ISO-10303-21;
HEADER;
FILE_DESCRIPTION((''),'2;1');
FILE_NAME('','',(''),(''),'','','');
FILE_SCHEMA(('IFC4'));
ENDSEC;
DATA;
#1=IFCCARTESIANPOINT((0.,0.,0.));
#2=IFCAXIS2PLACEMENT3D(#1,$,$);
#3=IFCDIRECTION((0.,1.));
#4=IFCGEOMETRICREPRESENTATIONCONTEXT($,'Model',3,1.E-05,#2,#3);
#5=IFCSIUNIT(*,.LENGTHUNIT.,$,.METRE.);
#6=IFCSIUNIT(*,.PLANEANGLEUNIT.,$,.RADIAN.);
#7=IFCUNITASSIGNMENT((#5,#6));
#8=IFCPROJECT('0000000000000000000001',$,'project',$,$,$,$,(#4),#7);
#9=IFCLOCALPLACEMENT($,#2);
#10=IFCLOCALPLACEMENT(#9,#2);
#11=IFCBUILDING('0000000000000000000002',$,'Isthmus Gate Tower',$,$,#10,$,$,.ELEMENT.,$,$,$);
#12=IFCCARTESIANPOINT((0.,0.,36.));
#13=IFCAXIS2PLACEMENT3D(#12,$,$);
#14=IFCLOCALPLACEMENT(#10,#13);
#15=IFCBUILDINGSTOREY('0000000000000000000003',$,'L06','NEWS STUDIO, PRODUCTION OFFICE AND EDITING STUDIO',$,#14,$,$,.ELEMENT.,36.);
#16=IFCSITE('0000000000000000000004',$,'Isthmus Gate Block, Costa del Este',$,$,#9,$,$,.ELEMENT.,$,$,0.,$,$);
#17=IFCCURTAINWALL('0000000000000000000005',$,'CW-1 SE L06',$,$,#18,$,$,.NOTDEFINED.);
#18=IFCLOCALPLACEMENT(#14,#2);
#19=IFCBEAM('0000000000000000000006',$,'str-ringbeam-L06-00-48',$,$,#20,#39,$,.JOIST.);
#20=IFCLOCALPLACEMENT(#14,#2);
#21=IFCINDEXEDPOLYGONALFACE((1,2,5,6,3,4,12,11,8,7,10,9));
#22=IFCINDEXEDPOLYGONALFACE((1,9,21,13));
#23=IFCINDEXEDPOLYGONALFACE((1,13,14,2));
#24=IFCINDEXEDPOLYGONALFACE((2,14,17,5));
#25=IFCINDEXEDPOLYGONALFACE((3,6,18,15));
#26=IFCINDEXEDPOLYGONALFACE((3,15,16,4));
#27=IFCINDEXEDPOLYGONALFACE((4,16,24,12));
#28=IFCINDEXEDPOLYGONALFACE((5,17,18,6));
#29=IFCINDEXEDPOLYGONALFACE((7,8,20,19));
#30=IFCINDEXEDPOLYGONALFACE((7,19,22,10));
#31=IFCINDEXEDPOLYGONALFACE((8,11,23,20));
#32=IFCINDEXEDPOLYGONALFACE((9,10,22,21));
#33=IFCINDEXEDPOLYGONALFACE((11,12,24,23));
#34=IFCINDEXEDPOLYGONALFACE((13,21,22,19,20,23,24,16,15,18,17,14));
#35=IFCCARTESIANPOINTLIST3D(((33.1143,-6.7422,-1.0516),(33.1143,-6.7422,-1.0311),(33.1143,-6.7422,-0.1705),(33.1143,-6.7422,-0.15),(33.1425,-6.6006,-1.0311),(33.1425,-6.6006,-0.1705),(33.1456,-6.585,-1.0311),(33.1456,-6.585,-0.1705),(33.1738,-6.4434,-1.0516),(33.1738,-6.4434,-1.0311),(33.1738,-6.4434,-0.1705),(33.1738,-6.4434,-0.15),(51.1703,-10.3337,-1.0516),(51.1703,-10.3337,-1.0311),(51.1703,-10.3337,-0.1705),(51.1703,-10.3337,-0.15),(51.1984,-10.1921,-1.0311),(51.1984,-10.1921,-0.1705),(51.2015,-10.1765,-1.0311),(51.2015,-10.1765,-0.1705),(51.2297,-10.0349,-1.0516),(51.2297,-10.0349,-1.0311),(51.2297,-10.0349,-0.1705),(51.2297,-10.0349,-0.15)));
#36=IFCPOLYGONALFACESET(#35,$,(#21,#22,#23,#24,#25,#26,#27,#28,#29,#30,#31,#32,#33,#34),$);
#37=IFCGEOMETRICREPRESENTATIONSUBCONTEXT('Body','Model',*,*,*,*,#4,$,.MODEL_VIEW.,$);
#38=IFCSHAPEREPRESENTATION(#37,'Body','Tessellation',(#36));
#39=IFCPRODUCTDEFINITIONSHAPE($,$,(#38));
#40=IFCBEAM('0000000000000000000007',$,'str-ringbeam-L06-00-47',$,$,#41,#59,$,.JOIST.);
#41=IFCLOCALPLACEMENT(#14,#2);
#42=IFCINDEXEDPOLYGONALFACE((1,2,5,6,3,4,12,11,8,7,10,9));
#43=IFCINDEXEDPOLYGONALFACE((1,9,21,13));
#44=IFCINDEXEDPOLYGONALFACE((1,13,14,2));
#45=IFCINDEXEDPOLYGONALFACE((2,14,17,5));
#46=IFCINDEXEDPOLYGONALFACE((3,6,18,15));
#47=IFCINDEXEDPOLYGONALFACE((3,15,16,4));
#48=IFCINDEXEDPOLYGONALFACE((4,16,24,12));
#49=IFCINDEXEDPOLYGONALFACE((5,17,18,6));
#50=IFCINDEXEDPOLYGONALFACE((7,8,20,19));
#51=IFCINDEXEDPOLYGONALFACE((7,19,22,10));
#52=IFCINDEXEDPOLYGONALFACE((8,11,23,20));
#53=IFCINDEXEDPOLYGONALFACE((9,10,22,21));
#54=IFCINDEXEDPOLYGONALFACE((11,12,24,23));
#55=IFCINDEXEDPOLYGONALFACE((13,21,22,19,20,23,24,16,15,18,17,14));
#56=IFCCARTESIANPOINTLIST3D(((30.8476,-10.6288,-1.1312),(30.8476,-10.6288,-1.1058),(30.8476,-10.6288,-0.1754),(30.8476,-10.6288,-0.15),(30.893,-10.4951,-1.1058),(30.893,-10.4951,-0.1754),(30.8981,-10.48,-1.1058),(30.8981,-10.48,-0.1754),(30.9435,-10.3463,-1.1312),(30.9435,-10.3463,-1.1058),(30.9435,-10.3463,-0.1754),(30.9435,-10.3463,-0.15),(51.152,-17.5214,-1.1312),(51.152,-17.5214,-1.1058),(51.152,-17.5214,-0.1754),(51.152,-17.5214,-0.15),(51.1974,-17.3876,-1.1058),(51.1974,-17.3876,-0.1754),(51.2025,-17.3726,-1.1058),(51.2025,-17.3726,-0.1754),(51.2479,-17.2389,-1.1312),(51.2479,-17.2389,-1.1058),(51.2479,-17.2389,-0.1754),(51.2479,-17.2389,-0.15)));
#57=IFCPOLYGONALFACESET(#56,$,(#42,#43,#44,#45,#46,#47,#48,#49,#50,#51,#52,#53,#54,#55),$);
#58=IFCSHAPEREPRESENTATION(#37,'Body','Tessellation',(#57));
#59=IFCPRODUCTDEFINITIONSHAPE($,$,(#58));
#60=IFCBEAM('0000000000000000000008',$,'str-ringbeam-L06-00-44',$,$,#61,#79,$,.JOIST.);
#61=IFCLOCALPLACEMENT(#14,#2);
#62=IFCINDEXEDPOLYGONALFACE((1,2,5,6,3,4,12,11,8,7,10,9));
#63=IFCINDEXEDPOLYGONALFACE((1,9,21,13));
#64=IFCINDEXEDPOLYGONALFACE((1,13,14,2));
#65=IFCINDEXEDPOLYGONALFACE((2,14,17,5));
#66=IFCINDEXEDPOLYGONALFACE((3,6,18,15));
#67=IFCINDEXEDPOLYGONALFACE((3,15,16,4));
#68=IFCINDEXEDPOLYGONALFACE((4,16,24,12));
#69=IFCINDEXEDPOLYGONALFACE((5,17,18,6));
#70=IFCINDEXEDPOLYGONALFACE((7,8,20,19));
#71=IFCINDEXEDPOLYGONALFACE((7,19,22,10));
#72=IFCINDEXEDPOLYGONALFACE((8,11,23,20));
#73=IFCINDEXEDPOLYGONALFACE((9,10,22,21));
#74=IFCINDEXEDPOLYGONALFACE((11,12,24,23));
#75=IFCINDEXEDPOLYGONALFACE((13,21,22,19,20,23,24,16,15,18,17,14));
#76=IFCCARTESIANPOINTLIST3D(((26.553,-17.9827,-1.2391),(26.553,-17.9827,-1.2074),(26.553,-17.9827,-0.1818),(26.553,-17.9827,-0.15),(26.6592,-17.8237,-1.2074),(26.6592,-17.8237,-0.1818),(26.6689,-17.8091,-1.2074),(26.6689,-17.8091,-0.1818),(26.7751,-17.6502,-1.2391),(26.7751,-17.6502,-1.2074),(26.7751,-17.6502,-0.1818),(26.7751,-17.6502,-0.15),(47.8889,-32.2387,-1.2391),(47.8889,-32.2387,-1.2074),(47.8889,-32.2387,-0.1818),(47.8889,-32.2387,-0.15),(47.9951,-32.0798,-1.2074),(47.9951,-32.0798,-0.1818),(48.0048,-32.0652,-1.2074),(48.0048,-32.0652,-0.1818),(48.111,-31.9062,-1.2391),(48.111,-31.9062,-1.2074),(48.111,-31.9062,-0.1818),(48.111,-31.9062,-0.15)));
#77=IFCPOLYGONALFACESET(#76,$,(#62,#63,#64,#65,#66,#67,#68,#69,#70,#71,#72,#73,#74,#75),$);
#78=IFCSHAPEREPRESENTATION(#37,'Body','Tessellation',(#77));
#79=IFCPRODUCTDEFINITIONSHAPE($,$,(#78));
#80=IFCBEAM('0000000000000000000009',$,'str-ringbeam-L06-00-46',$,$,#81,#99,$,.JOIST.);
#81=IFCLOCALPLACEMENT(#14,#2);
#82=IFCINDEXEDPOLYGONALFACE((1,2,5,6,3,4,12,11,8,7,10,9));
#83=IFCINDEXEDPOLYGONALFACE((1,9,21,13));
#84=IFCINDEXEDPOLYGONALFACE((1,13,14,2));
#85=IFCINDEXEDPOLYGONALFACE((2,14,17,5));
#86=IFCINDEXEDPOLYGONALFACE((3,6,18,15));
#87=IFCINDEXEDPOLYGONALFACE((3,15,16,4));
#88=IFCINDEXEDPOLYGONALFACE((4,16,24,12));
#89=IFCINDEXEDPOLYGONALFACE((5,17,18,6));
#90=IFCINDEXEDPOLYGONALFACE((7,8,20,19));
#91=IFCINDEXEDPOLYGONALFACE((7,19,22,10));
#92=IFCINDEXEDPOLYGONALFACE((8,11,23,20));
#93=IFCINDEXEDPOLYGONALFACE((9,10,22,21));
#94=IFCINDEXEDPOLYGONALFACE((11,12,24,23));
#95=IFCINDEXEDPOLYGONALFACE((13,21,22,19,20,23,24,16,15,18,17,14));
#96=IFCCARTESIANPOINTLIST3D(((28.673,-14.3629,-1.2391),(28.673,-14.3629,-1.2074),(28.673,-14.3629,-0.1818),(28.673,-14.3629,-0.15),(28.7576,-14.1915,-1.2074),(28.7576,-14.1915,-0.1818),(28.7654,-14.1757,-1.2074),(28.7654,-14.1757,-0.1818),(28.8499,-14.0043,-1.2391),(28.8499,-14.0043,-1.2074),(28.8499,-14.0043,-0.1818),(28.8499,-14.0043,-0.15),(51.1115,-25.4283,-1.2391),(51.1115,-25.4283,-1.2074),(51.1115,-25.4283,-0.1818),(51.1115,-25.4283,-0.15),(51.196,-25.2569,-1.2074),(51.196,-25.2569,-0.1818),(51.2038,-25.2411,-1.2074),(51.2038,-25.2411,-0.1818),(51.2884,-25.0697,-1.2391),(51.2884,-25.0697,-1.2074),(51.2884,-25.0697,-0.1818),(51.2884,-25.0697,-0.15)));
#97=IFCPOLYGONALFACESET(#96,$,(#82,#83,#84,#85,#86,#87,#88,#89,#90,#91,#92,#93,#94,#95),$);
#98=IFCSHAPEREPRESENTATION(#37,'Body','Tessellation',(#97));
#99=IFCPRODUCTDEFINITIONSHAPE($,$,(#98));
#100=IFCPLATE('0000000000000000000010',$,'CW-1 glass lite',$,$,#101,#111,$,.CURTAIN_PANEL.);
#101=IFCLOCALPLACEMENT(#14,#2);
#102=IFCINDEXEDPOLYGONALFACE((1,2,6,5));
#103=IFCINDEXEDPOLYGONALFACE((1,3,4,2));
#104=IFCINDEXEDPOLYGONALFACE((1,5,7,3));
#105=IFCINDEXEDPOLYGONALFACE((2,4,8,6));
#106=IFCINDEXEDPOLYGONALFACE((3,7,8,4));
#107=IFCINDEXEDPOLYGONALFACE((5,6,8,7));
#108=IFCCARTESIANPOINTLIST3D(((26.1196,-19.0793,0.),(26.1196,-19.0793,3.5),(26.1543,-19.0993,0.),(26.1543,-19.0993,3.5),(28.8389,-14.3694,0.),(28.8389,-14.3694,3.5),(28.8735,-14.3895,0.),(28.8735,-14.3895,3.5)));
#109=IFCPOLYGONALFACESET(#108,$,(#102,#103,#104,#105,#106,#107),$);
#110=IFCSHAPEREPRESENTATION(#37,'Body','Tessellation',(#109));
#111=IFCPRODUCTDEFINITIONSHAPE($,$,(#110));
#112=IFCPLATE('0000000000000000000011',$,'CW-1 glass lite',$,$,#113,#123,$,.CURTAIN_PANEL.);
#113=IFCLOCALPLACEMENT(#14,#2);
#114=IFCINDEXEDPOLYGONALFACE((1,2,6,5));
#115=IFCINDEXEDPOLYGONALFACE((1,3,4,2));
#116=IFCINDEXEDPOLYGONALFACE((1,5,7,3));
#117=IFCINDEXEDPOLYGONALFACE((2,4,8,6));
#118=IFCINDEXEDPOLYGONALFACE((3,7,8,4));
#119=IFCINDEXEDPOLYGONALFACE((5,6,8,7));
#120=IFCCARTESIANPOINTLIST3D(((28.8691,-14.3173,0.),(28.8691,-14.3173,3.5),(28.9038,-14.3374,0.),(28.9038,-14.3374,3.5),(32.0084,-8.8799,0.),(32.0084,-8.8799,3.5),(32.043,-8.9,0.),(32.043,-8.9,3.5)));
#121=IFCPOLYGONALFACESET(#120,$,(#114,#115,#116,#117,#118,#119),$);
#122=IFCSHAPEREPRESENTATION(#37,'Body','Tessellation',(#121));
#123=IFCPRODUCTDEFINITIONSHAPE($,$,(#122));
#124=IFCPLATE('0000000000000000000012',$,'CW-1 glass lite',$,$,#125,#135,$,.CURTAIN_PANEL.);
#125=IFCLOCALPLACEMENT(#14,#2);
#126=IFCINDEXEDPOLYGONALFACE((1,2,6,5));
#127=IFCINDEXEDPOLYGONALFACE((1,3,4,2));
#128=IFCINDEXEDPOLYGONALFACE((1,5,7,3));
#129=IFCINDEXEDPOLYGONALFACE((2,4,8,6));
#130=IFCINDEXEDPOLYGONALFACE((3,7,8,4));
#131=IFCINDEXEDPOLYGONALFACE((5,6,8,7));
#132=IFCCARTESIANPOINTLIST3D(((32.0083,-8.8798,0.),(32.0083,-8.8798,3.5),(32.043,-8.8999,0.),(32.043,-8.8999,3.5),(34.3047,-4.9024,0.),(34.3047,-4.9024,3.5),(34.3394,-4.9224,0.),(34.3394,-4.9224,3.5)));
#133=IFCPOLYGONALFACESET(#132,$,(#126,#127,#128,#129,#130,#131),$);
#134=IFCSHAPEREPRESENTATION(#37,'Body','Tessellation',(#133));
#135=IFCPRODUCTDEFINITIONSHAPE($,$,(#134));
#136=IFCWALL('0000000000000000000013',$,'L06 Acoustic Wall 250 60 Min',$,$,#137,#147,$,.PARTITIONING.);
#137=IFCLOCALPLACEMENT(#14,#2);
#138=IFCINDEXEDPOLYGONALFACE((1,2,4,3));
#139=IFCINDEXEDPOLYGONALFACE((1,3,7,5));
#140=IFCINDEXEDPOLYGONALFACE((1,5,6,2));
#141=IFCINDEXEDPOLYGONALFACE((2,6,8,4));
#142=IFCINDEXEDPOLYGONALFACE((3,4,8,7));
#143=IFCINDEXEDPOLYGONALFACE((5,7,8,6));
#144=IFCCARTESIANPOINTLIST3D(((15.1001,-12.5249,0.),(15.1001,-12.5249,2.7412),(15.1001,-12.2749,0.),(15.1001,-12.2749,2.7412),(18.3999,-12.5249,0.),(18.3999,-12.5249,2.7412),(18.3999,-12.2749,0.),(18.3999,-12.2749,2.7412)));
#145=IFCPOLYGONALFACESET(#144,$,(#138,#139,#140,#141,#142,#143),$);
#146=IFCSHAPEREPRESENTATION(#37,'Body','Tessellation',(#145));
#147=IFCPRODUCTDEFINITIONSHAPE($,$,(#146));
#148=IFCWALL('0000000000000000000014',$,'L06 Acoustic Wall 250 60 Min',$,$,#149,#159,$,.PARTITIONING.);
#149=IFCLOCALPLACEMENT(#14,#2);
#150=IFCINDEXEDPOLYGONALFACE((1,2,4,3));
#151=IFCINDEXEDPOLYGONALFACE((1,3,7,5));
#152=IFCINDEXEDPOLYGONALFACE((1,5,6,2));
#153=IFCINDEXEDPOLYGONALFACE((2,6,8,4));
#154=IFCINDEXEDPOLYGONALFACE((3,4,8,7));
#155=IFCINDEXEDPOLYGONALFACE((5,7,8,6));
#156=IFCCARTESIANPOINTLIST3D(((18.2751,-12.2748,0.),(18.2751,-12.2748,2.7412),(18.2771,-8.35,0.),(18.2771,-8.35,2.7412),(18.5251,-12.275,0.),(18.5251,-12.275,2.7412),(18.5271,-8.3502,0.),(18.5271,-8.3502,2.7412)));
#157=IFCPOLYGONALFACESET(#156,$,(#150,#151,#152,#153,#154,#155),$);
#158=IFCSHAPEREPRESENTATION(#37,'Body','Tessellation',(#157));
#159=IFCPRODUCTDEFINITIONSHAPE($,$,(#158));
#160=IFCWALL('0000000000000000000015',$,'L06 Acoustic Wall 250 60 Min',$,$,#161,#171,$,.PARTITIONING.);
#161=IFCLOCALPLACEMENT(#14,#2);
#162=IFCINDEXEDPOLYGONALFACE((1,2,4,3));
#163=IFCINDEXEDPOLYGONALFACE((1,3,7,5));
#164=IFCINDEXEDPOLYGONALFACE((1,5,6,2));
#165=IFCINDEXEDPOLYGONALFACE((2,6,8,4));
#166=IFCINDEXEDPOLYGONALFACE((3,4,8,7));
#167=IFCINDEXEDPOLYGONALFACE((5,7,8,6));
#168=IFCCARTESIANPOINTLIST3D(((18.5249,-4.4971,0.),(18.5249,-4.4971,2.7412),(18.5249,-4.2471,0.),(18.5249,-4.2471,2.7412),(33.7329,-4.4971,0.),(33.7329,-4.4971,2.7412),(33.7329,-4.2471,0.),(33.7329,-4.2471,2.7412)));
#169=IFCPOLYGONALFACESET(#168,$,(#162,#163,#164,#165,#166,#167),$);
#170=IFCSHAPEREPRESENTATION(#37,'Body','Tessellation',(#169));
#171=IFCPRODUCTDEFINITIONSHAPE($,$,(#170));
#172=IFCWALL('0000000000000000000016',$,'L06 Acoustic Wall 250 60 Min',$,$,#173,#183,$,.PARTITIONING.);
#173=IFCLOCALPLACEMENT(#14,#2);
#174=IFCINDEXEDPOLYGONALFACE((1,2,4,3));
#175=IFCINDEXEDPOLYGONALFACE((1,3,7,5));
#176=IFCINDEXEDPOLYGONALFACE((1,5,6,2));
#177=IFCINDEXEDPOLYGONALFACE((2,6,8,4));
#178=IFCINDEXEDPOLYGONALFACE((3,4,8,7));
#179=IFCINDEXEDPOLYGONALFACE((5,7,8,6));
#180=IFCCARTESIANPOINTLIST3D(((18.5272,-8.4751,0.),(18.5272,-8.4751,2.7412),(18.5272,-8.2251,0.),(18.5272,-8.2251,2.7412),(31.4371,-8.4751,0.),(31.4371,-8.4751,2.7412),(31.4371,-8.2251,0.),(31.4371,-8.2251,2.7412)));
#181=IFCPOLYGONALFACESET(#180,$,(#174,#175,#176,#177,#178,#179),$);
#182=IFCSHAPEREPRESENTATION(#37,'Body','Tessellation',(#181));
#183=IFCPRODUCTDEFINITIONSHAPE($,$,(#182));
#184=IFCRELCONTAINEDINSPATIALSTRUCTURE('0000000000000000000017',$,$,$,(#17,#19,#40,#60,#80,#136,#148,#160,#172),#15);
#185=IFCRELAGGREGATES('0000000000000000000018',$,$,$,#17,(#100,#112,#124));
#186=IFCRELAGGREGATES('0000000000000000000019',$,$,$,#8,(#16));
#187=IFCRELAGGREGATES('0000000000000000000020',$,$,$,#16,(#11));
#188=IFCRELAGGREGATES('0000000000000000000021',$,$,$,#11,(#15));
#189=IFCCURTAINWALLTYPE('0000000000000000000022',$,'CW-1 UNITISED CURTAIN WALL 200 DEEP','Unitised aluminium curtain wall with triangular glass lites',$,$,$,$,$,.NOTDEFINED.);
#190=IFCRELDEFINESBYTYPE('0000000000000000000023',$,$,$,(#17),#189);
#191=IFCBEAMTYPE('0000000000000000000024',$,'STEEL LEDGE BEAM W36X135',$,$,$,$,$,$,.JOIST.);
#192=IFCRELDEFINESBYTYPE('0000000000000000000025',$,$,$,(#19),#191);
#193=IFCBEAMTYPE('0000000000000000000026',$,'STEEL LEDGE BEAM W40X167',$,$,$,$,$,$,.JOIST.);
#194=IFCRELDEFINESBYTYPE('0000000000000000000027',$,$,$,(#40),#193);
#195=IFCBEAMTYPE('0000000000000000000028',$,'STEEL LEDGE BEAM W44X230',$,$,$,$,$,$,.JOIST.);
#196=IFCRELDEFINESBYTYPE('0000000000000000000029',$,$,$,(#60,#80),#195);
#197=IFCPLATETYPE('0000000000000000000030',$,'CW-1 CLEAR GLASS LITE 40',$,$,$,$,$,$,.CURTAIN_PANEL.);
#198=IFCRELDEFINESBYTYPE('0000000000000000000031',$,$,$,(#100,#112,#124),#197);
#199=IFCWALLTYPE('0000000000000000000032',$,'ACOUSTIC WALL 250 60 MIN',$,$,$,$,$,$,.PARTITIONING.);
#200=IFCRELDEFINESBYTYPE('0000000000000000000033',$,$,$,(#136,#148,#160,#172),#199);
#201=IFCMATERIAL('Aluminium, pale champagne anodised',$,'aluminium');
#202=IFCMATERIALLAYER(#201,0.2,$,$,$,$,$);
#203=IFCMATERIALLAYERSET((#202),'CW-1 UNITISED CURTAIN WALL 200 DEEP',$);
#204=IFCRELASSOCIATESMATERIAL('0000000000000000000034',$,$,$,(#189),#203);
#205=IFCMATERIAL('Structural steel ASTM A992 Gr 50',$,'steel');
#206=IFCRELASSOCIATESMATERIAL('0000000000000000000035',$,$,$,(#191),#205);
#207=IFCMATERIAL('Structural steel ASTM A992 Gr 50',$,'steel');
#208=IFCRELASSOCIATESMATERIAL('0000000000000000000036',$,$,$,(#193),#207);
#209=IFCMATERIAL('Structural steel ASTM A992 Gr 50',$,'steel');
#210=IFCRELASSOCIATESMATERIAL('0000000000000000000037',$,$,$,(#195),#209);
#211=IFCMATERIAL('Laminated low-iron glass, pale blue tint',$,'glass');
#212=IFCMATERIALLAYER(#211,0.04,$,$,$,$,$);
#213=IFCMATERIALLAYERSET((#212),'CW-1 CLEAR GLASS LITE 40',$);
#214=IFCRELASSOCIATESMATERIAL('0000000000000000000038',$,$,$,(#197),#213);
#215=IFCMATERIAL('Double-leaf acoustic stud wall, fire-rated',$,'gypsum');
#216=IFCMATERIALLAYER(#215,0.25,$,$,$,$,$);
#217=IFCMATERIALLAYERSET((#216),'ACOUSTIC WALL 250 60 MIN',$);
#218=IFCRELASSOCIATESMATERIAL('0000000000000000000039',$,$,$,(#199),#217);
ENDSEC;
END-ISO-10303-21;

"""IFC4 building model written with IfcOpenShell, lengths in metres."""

from ifc_helpers import new_model, si_unit, direction, frame, frame_2d, origin, origin_2d, place, context, subcontext, project, spatial, rectangle, i_section, extrude, material, layer, layer_set, material_profile, profile_set, type_object, element, aggregate, save


model = new_model("IFC4")

# Units and contexts
model_context = context("Model", 3, precision=1e-05, world=origin(), true_north=direction((0.0, 1.0)))
body_context = subcontext(model_context, "Body", "Model", "MODEL_VIEW")
ifc_project = project(units=[si_unit("LENGTHUNIT", "METRE"), si_unit("PLANEANGLEUNIT", "RADIAN")], contexts=[model_context])

# Site, building, storey
site_placement = place(None, origin())
site = spatial("IfcSite", under=ifc_project, at=site_placement, Name="Isthmus Gate Block, Costa del Este", CompositionType="ELEMENT", RefElevation=0.0)
building_placement = place(site_placement, origin())
building = spatial("IfcBuilding", under=site, at=building_placement, Name="Isthmus Gate Tower", CompositionType="ELEMENT")
storey_placement = place(building_placement, frame((0.0, 0.0, 36.0)))
storey = spatial("IfcBuildingStorey", under=building, at=storey_placement, Name="L06", Description="NEWS STUDIO, PRODUCTION OFFICE AND EDITING STUDIO", CompositionType="ELEMENT", Elevation=36.0)

# Curtain wall
ifc_material_1 = material(Name="Aluminium, pale champagne anodised", Category="aluminium")
ifc_layer_1 = layer(ifc_material_1, 0.2)
ifc_layer_set_1 = layer_set([ifc_layer_1], Name="CW-1 UNITISED CURTAIN WALL 200 DEEP")
curtain_wall_type = type_object("IfcCurtainWallType", Name="CW-1 UNITISED CURTAIN WALL 200 DEEP", Description="Unitised aluminium curtain wall with triangular glass lites", PredefinedType="NOTDEFINED", material=ifc_layer_set_1)
curtain_wall_placement = place(storey_placement, origin())
curtain_wall = element("IfcCurtainWall", 1, at=curtain_wall_placement, inside=storey, type_object=curtain_wall_type, Name="CW-1 SE L06", PredefinedType="NOTDEFINED")

# Beams
ifc_material_2 = material(Name="Structural steel ASTM A992 Gr 50", Category="steel")
ifc_material_profile_1 = material_profile(ifc_material_2, i_section(OverallWidth=0.3047, OverallDepth=0.9016, WebThickness=0.0159, FlangeThickness=0.0205, at=origin_2d()), Name="W36X135")
ifc_profile_set_1 = profile_set([ifc_material_profile_1], Name="Structural steel ASTM A992 Gr 50")
beam_type_1 = type_object("IfcBeamType", Name="STEEL LEDGE BEAM W36X135", PredefinedType="JOIST", material=ifc_profile_set_1)
beam_1_placement = place(storey_placement, frame((33.144, -6.5928, -0.6008), z_axis=(0.980785, -0.195091, 0.0), x_axis=(0.195091, 0.980785, 0.0)))
element("IfcBeam", 2, at=beam_1_placement, inside=storey, type_object=beam_type_1, Name="str-ringbeam-L06-00-48", PredefinedType="JOIST", context=body_context, shape_type="SweptSolid", body=[
    extrude(i_section(OverallWidth=0.3047, OverallDepth=0.9016, WebThickness=0.0159, FlangeThickness=0.0205, at=origin_2d()), origin(), (0.0, 0.0, 1.0), 18.4097),
])
ifc_material_3 = material(Name="Structural steel ASTM A992 Gr 50", Category="steel")
ifc_material_profile_2 = material_profile(ifc_material_3, i_section(OverallWidth=0.2983, OverallDepth=0.9812, WebThickness=0.0159, FlangeThickness=0.0254, at=origin_2d()), Name="W40X167")
ifc_profile_set_2 = profile_set([ifc_material_profile_2], Name="Structural steel ASTM A992 Gr 50")
beam_type_2 = type_object("IfcBeamType", Name="STEEL LEDGE BEAM W40X167", PredefinedType="JOIST", material=ifc_profile_set_2)
beam_2_placement = place(storey_placement, frame((30.8955, -10.4875, -0.6406), z_axis=(0.946928, -0.321446, 0.0), x_axis=(0.321446, 0.946928, 0.0)))
element("IfcBeam", 3, at=beam_2_placement, inside=storey, type_object=beam_type_2, Name="str-ringbeam-L06-00-47", PredefinedType="JOIST", context=body_context, shape_type="SweptSolid", body=[
    extrude(i_section(OverallWidth=0.2983, OverallDepth=0.9812, WebThickness=0.0159, FlangeThickness=0.0254, at=origin_2d()), origin(), (0.0, 0.0, 1.0), 21.4424),
])
ifc_material_4 = material(Name="Structural steel ASTM A992 Gr 50", Category="steel")
ifc_material_profile_3 = material_profile(ifc_material_4, i_section(OverallWidth=0.3999, OverallDepth=1.0891, WebThickness=0.0176, FlangeThickness=0.0317, at=origin_2d()), Name="W44X230")
ifc_profile_set_3 = profile_set([ifc_material_profile_3], Name="Structural steel ASTM A992 Gr 50")
beam_type_3 = type_object("IfcBeamType", Name="STEEL LEDGE BEAM W44X230", PredefinedType="JOIST", material=ifc_profile_set_3)
beam_3_placement = place(storey_placement, frame((26.6641, -17.8164, -0.6946), z_axis=(0.831472, -0.555567, 0.0), x_axis=(0.555567, 0.831472, 0.0)))
element("IfcBeam", 4, at=beam_3_placement, inside=storey, type_object=beam_type_3, Name="str-ringbeam-L06-00-44", PredefinedType="JOIST", context=body_context, shape_type="SweptSolid", body=[
    extrude(i_section(OverallWidth=0.3999, OverallDepth=1.0891, WebThickness=0.0176, FlangeThickness=0.0317, at=origin_2d()), origin(), (0.0, 0.0, 1.0), 25.6604),
])
beam_4_placement = place(storey_placement, frame((28.7615, -14.1836, -0.6946), z_axis=(0.896873, -0.442289, 0.0), x_axis=(0.442289, 0.896873, 0.0)))
element("IfcBeam", 5, at=beam_4_placement, inside=storey, type_object=beam_type_3, Name="str-ringbeam-L06-00-46", PredefinedType="JOIST", context=body_context, shape_type="SweptSolid", body=[
    extrude(i_section(OverallWidth=0.3999, OverallDepth=1.0891, WebThickness=0.0176, FlangeThickness=0.0317, at=origin_2d()), origin(), (0.0, 0.0, 1.0), 25.0186),
])

# Plates
ifc_material_5 = material(Name="Laminated low-iron glass, pale blue tint", Category="glass")
ifc_layer_2 = layer(ifc_material_5, 0.04)
ifc_layer_set_2 = layer_set([ifc_layer_2], Name="CW-1 CLEAR GLASS LITE 40")
plate_type = type_object("IfcPlateType", Name="CW-1 CLEAR GLASS LITE 40", PredefinedType="CURTAIN_PANEL", material=ifc_layer_set_2)
plate_1_placement = place(storey_placement, frame((27.4966, -16.7344, 0.0), z_axis=(0.0, 0.0, 1.0), x_axis=(0.5, 0.866025, 0.0)))
plate_1 = element("IfcPlate", 6, at=plate_1_placement, type_object=plate_type, Name="CW-1 glass lite", PredefinedType="CURTAIN_PANEL", context=body_context, shape_type="SweptSolid", body=[
    extrude(rectangle(XDim=5.4385, YDim=0.04, at=origin_2d()), origin(), (0.0, 0.0, 1.0), 3.5),
])
plate_2_placement = place(storey_placement, frame((30.4561, -11.6086, 0.0), z_axis=(0.0, 0.0, 1.0), x_axis=(0.5, 0.866025, 0.0)))
plate_2 = element("IfcPlate", 7, at=plate_2_placement, type_object=plate_type, Name="CW-1 glass lite", PredefinedType="CURTAIN_PANEL", context=body_context, shape_type="SweptSolid", body=[
    extrude(rectangle(XDim=6.2786, YDim=0.04, at=origin_2d()), origin(), (0.0, 0.0, 1.0), 3.5),
])
plate_3_placement = place(storey_placement, frame((33.1738, -6.9011, 0.0), z_axis=(0.0, 0.0, 1.0), x_axis=(0.5, 0.866025, 0.0)))
plate_3 = element("IfcPlate", 8, at=plate_3_placement, type_object=plate_type, Name="CW-1 glass lite", PredefinedType="CURTAIN_PANEL", context=body_context, shape_type="SweptSolid", body=[
    extrude(rectangle(XDim=4.5928, YDim=0.04, at=origin_2d()), origin(), (0.0, 0.0, 1.0), 3.5),
])
aggregate(curtain_wall, [plate_1, plate_2, plate_3])

# Walls
ifc_material_6 = material(Name="Double-leaf acoustic stud wall, fire-rated", Category="gypsum")
ifc_layer_3 = layer(ifc_material_6, 0.25)
ifc_layer_set_3 = layer_set([ifc_layer_3], Name="ACOUSTIC WALL 250 60 MIN")
wall_type_1 = type_object("IfcWallType", Name="ACOUSTIC WALL 250 60 MIN", PredefinedType="PARTITIONING", material=ifc_layer_set_3)
wall_1_placement = place(storey_placement, frame((18.3999, -12.3999, 0.0), z_axis=(0.0, 0.0, 1.0), x_axis=(-1.0, 0.0, 0.0)))
element("IfcWall", 9, at=wall_1_placement, inside=storey, type_object=wall_type_1, Name="L06 Acoustic Wall 250 60 Min", PredefinedType="PARTITIONING", context=body_context, shape_type="SweptSolid", body=[
    extrude(rectangle(XDim=3.2998, YDim=0.25, at=frame_2d((1.6499, 0.0))), origin(), (0.0, 0.0, 1.0), 2.7412),
])
wall_2_placement = place(storey_placement, frame((18.4021, -8.3501, 0.0), z_axis=(0.0, 0.0, 1.0), x_axis=(-0.000498, -1.0, 0.0)))
element("IfcWall", 10, at=wall_2_placement, inside=storey, type_object=wall_type_1, Name="L06 Acoustic Wall 250 60 Min", PredefinedType="PARTITIONING", context=body_context, shape_type="SweptSolid", body=[
    extrude(rectangle(XDim=3.9248, YDim=0.25, at=frame_2d((1.9624, 0.0))), origin(), (0.0, 0.0, 1.0), 2.7412),
])
wall_3_placement = place(storey_placement, frame((18.5249, -4.3721, 0.0), z_axis=(0.0, 0.0, 1.0), x_axis=(1.0, 0.0, 0.0)))
element("IfcWall", 11, at=wall_3_placement, inside=storey, type_object=wall_type_1, Name="L06 Acoustic Wall 250 60 Min", PredefinedType="PARTITIONING", context=body_context, shape_type="SweptSolid", body=[
    extrude(rectangle(XDim=15.208, YDim=0.25, at=frame_2d((7.604, 0.0))), origin(), (0.0, 0.0, 1.0), 2.7412),
])
wall_4_placement = place(storey_placement, frame((18.5271, -8.3501, 0.0), z_axis=(0.0, 0.0, 1.0), x_axis=(1.0, 0.0, 0.0)))
element("IfcWall", 12, at=wall_4_placement, inside=storey, type_object=wall_type_1, Name="L06 Acoustic Wall 250 60 Min", PredefinedType="PARTITIONING", context=body_context, shape_type="SweptSolid", body=[
    extrude(rectangle(XDim=12.9099, YDim=0.25, at=frame_2d((6.4551, 0.0))), origin(), (0.0, 0.0, 1.0), 2.7412),
])

save(model, "model.ifc")
